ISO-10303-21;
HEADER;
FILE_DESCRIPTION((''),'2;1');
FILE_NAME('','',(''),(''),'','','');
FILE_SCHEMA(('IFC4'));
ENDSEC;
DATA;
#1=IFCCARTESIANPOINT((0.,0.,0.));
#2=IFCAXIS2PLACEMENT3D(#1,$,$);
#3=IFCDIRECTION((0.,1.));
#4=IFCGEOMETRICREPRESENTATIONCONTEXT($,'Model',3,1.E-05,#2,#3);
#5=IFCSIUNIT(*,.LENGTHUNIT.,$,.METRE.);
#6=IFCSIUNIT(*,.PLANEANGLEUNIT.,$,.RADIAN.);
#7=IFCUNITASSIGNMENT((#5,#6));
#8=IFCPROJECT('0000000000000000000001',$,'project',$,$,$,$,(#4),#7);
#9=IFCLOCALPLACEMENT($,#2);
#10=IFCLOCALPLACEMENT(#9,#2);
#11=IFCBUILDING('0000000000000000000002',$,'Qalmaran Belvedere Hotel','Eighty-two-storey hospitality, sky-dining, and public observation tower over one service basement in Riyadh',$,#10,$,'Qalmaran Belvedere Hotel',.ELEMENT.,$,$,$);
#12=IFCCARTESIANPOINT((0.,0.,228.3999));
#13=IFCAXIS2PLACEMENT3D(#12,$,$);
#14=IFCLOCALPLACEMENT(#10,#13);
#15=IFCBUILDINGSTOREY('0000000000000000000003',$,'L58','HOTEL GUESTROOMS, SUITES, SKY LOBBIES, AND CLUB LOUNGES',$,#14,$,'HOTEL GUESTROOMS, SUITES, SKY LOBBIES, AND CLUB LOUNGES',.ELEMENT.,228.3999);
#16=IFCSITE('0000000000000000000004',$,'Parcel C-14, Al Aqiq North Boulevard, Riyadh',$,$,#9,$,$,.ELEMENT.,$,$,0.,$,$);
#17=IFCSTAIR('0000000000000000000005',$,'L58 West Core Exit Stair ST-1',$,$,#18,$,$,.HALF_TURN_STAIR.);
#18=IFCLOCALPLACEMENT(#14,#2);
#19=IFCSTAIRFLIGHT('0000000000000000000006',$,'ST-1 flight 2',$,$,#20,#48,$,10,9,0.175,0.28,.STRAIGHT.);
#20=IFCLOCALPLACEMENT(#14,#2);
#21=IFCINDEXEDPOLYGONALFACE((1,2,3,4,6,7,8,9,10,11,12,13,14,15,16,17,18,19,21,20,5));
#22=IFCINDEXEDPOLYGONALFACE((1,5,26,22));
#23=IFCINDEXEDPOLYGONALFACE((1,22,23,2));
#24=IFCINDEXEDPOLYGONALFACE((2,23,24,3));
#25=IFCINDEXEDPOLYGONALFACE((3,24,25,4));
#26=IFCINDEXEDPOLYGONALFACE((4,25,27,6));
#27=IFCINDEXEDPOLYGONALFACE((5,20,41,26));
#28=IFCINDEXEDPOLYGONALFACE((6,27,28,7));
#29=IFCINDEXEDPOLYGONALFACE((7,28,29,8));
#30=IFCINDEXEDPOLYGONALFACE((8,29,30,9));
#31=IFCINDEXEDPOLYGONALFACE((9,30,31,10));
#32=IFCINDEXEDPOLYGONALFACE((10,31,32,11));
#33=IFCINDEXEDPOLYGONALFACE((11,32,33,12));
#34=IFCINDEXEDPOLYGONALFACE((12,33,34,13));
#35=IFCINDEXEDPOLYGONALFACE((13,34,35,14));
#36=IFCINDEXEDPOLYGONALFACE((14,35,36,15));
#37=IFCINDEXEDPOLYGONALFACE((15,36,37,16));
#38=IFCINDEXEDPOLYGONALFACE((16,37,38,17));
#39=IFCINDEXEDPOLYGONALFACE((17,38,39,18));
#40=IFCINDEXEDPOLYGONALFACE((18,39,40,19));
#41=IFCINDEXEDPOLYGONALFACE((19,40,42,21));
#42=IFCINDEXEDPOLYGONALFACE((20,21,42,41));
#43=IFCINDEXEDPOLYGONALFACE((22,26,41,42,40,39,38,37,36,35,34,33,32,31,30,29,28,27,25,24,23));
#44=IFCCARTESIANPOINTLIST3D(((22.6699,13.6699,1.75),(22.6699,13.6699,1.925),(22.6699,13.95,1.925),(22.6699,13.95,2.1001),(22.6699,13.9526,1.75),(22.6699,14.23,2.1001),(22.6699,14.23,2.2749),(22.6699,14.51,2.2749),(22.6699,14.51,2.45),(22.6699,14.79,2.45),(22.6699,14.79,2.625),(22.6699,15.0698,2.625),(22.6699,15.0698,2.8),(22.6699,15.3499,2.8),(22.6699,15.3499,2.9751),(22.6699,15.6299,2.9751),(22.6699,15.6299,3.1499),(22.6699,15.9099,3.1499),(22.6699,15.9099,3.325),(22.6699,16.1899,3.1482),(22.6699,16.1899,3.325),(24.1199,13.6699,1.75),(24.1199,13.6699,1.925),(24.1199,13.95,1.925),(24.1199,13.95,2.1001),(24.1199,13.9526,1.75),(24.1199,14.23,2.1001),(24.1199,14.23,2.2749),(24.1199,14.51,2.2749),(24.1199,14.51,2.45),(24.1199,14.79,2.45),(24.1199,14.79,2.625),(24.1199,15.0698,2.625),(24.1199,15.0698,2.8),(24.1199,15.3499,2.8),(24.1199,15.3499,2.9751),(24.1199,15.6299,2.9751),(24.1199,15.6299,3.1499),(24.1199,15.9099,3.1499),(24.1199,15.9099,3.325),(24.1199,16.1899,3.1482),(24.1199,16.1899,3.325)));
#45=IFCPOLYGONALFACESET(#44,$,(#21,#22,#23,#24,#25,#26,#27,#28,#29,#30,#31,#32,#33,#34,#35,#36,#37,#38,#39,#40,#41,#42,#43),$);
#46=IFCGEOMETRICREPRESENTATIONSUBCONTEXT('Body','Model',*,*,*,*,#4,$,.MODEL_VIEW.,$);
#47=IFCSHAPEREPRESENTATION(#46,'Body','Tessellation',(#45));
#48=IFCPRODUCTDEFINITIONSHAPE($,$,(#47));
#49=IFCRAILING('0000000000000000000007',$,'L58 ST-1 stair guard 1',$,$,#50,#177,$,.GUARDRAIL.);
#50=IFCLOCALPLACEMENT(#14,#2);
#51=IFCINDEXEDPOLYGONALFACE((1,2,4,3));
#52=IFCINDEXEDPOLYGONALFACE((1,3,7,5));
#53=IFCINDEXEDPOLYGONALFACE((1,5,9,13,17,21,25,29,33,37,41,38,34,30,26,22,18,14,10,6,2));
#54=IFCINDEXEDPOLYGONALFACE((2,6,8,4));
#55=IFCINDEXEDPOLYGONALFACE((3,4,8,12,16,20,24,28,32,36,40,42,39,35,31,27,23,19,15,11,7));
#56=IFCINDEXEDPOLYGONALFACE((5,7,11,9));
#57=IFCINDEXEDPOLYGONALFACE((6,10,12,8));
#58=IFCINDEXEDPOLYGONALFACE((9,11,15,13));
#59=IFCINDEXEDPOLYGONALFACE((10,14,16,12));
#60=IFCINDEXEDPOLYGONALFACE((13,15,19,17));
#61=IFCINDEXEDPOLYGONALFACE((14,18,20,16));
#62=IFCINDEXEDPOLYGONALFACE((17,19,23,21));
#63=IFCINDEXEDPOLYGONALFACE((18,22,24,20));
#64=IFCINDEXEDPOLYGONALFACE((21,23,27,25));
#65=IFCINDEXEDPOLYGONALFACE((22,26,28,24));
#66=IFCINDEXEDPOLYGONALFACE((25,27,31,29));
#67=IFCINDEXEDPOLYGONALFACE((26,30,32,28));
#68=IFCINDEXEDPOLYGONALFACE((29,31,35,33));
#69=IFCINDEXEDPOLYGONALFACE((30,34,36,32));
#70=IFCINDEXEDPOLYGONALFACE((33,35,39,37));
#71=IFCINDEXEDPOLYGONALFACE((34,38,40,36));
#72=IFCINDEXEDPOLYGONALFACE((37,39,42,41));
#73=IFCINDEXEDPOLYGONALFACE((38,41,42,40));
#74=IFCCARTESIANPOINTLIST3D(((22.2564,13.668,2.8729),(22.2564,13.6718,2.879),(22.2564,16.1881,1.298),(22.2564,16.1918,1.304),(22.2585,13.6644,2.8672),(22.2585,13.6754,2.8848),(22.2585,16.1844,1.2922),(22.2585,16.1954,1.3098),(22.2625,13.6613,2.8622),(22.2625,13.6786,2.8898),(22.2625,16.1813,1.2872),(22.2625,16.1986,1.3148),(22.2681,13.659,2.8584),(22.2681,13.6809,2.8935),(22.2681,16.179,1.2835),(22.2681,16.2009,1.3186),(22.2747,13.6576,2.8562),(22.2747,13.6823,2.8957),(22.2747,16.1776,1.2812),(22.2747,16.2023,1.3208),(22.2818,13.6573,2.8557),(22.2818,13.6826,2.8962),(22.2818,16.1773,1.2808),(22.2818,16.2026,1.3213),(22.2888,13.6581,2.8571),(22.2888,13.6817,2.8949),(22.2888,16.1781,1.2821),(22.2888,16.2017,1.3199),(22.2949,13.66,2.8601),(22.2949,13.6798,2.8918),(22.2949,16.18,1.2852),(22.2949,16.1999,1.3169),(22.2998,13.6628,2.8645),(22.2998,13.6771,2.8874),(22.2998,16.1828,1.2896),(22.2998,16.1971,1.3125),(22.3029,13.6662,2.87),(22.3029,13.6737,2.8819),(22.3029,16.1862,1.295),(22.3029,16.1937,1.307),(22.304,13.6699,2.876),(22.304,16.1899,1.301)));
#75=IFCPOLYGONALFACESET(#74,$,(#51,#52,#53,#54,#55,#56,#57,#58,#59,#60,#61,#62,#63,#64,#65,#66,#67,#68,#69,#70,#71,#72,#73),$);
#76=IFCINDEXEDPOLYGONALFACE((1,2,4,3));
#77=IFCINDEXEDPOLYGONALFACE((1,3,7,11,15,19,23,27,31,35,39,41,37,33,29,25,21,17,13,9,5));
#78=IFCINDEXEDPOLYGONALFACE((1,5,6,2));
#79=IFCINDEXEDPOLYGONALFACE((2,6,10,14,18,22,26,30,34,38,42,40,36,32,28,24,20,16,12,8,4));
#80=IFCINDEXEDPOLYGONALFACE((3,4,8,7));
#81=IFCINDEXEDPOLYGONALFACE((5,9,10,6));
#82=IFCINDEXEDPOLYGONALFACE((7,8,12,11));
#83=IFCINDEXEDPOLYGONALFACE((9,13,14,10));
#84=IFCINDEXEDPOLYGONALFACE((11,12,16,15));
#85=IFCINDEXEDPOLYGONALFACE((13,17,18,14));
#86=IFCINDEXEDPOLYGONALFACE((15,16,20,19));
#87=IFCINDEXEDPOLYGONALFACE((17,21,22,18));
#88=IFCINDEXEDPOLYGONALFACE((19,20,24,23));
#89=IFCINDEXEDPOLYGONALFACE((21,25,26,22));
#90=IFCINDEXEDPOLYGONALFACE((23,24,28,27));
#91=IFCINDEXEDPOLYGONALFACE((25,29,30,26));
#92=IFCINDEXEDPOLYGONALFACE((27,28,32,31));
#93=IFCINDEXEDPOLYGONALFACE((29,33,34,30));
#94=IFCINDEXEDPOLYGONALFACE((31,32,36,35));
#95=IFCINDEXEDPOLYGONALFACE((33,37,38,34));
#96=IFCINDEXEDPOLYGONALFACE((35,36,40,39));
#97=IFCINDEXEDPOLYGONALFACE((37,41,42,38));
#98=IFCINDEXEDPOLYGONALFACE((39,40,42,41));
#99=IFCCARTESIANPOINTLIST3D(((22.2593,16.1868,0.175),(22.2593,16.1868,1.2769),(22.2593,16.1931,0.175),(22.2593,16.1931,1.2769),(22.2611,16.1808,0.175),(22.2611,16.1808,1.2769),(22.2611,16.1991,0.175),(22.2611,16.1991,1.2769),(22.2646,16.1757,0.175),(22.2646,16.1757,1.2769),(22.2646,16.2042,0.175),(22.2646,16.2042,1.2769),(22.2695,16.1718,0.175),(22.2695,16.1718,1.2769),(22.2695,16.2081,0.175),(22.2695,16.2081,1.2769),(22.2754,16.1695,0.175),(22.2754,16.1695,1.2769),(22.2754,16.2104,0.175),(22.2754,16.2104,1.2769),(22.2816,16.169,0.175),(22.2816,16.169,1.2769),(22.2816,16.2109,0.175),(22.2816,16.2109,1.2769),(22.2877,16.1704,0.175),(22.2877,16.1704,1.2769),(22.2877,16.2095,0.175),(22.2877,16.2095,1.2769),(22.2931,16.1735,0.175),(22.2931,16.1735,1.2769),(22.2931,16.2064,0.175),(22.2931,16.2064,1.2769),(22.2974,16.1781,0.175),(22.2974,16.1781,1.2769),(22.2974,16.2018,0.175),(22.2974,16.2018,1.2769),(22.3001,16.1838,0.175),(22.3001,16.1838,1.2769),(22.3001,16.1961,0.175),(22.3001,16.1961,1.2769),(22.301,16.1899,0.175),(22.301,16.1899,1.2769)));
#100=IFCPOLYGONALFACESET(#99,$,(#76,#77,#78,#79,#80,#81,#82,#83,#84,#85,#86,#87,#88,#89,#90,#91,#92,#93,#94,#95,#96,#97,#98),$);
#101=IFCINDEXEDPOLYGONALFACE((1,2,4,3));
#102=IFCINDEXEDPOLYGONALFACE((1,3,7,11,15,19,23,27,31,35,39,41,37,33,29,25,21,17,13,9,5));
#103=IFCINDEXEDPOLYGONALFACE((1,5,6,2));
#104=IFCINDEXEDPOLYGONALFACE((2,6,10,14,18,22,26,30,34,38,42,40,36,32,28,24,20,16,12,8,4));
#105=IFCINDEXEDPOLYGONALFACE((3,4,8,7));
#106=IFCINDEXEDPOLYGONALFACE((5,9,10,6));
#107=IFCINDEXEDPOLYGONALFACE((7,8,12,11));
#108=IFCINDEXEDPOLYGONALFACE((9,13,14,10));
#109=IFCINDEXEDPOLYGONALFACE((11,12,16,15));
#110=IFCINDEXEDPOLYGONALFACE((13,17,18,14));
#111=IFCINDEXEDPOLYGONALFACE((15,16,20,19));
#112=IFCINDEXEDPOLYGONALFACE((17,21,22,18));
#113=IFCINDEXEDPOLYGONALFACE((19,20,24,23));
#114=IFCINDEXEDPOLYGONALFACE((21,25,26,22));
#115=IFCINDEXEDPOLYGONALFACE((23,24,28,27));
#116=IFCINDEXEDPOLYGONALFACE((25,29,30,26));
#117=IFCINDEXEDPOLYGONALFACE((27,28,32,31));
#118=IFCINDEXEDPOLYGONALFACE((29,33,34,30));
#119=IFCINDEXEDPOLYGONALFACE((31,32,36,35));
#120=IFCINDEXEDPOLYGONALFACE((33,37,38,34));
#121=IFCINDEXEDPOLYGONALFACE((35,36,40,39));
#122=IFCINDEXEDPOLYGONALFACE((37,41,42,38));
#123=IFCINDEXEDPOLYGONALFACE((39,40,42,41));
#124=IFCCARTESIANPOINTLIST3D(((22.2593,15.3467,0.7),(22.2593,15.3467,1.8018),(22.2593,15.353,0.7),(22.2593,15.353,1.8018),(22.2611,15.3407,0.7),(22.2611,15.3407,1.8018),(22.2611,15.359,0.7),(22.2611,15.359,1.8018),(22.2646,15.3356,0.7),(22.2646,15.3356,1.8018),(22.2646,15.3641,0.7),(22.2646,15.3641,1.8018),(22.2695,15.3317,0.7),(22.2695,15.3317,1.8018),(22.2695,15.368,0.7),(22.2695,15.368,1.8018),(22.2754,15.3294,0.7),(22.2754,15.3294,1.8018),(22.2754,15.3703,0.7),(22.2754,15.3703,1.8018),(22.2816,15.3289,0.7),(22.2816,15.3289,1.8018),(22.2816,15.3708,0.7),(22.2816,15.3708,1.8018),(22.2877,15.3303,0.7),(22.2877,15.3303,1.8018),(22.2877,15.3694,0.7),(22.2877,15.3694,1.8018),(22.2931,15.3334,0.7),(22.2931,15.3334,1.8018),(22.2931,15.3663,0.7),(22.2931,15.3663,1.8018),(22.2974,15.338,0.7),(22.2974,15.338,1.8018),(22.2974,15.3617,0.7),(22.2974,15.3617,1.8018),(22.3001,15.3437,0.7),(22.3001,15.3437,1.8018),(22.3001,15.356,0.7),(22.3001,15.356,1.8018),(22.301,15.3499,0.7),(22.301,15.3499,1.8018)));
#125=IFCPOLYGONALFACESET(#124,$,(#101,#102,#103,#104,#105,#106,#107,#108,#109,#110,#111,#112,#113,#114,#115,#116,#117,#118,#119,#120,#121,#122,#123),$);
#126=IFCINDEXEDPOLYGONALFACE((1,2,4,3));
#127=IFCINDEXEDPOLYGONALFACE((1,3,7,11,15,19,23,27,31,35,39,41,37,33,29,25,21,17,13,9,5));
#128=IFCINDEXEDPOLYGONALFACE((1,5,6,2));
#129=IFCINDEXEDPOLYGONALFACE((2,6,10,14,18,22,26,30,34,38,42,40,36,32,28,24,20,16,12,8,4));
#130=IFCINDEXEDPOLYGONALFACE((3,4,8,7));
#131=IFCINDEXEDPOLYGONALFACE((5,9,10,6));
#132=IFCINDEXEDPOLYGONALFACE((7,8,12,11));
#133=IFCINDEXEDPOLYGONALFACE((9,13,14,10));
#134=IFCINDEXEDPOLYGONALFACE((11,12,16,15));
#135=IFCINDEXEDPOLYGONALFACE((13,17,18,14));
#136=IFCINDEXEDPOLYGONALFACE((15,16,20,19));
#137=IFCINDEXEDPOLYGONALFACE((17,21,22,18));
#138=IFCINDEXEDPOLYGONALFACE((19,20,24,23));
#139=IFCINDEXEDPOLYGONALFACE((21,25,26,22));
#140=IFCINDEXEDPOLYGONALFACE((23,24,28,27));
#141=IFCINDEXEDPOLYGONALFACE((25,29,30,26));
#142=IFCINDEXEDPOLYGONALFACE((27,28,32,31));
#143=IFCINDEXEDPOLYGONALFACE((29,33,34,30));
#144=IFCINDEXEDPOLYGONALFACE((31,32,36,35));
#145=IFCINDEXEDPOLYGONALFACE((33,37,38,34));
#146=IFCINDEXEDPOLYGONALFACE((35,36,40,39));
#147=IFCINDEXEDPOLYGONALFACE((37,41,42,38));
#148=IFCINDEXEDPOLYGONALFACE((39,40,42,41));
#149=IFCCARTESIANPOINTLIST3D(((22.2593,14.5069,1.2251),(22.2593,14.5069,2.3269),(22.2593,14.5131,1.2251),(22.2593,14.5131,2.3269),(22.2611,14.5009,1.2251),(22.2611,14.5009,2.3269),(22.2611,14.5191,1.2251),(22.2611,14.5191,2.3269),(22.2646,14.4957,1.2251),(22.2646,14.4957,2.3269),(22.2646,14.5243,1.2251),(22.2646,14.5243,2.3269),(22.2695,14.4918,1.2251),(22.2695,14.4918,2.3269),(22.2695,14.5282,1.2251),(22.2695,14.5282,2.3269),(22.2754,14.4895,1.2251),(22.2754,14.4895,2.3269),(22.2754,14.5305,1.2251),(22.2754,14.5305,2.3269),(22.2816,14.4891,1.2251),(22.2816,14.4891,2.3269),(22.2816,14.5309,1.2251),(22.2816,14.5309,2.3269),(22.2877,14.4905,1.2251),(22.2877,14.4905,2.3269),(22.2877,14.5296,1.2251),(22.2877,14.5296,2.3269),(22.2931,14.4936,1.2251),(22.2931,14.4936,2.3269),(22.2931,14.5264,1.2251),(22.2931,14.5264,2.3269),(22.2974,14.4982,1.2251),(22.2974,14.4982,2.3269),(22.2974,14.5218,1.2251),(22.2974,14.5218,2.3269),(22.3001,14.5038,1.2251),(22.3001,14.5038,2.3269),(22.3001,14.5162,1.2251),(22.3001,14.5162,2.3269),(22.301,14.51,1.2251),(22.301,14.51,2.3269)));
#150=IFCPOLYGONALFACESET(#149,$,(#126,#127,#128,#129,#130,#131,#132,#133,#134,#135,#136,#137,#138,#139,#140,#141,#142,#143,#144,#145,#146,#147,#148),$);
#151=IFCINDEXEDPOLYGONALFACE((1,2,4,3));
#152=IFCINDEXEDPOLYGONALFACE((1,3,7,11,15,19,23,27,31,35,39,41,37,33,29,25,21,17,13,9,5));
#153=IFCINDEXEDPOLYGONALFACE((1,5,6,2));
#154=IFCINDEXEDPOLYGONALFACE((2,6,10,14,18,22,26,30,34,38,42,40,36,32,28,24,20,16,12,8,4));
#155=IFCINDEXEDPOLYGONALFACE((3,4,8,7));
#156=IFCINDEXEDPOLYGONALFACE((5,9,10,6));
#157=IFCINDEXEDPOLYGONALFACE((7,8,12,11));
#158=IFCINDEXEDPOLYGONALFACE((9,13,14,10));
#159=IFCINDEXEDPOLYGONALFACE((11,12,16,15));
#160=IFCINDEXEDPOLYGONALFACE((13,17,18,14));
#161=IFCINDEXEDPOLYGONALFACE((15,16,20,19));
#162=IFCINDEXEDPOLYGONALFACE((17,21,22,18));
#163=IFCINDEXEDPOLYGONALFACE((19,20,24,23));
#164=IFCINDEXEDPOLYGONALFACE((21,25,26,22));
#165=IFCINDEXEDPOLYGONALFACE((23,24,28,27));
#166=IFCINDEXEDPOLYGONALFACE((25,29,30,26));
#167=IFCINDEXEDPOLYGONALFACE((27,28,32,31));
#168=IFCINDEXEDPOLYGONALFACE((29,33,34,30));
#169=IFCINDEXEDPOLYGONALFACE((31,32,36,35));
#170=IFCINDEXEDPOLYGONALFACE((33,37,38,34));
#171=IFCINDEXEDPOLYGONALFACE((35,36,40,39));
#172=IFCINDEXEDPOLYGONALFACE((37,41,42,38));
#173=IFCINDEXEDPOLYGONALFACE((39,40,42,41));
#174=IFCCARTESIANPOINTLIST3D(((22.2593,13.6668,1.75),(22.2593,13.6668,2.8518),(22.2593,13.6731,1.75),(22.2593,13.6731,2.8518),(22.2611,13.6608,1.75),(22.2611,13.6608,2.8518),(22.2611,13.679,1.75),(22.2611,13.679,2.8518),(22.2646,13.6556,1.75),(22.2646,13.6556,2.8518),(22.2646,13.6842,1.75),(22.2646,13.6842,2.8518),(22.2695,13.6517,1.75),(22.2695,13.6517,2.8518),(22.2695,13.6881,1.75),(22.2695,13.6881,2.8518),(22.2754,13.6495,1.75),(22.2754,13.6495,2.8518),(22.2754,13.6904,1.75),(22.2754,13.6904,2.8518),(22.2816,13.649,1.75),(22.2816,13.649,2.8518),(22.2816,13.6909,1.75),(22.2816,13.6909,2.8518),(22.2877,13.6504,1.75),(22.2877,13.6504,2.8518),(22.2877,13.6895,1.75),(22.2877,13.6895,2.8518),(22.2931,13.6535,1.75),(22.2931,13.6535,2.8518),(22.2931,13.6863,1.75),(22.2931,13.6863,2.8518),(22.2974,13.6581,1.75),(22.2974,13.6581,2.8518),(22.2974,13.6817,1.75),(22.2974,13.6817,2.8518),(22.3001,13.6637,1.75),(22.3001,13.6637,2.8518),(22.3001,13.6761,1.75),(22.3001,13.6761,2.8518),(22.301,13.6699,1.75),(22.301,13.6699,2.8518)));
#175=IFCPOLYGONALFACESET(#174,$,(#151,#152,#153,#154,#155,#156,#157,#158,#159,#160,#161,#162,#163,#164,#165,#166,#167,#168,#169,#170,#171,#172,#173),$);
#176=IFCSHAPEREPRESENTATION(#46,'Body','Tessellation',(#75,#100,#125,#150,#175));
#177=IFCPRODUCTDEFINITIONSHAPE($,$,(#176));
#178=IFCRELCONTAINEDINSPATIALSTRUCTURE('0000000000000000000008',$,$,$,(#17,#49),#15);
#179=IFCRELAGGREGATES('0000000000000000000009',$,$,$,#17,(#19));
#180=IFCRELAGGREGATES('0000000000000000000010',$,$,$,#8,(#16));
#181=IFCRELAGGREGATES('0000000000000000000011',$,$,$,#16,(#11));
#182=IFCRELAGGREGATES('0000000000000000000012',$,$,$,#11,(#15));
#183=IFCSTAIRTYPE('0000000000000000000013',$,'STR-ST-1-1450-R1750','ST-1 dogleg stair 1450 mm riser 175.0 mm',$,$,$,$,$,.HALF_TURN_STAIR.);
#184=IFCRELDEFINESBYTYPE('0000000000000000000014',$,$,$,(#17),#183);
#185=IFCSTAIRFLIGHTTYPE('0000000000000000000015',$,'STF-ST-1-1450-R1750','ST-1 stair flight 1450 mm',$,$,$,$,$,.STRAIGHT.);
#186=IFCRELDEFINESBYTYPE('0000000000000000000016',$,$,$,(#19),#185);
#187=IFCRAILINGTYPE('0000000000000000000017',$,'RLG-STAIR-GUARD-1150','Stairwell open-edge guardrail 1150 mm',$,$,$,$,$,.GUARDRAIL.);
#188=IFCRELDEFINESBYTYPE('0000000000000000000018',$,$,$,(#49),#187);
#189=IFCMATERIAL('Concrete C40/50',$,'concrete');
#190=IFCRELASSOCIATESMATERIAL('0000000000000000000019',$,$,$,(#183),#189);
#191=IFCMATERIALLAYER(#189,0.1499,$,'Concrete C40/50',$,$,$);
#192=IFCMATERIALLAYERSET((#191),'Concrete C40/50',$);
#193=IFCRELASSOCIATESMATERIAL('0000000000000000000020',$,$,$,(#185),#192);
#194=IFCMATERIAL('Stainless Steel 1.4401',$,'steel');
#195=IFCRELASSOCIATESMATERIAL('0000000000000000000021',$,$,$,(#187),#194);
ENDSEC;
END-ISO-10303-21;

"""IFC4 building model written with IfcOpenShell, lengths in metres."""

from ifc_helpers import new_model, si_unit, direction, frame, origin, origin_2d, place, context, subcontext, project, spatial, polyline, circle, outline, extrude, material, layer, layer_set, type_object, element, aggregate, save


model = new_model("IFC4")

# Units and contexts
model_context = context("Model", 3, precision=1e-05, world=origin(), true_north=direction((0.0, 1.0)))
body_context = subcontext(model_context, "Body", "Model", "MODEL_VIEW")
ifc_project = project(units=[si_unit("LENGTHUNIT", "METRE"), si_unit("PLANEANGLEUNIT", "RADIAN")], contexts=[model_context])

# Site, building, storey
site_placement = place(None, origin())
site = spatial("IfcSite", under=ifc_project, at=site_placement, Name="Parcel C-14, Al Aqiq North Boulevard, Riyadh", CompositionType="ELEMENT", RefElevation=0.0)
building_placement = place(site_placement, origin())
building = spatial("IfcBuilding", under=site, at=building_placement, Name="Qalmaran Belvedere Hotel", Description="Eighty-two-storey hospitality, sky-dining, and public observation tower over one service basement in Riyadh", LongName="Qalmaran Belvedere Hotel", CompositionType="ELEMENT")
storey_placement = place(building_placement, frame((0.0, 0.0, 228.3999)))
storey = spatial("IfcBuildingStorey", under=building, at=storey_placement, Name="L58", Description="HOTEL GUESTROOMS, SUITES, SKY LOBBIES, AND CLUB LOUNGES", LongName="HOTEL GUESTROOMS, SUITES, SKY LOBBIES, AND CLUB LOUNGES", CompositionType="ELEMENT", Elevation=228.3999)

# Shared definitions
ifc_material_1 = material(Name="Stainless Steel 1.4401", Category="steel")

# Stair, stair flight
ifc_material_2 = material(Name="Concrete C40/50", Category="concrete")
stair_type = type_object("IfcStairType", Name="STR-ST-1-1450-R1750", Description="ST-1 dogleg stair 1450 mm riser 175.0 mm", PredefinedType="HALF_TURN_STAIR", material=ifc_material_2)
stair_placement = place(storey_placement, origin())
stair = element("IfcStair", 1, at=stair_placement, inside=storey, type_object=stair_type, Name="L58 West Core Exit Stair ST-1", PredefinedType="HALF_TURN_STAIR")
ifc_layer_1 = layer(ifc_material_2, 0.1499, Name="Concrete C40/50")
ifc_layer_set_1 = layer_set([ifc_layer_1], Name="Concrete C40/50")
stair_flight_type = type_object("IfcStairFlightType", Name="STF-ST-1-1450-R1750", Description="ST-1 stair flight 1450 mm", PredefinedType="STRAIGHT", material=ifc_layer_set_1)
stair_flight_1_placement = place(storey_placement, frame((23.395, 13.6699, 1.75), z_axis=(0.0, 0.0, 1.0), x_axis=(0.0, 1.0, 0.0)))
stair_flight_1 = element("IfcStairFlight", 2, at=stair_flight_1_placement, type_object=stair_flight_type, Name="ST-1 flight 2", NumberOfRisers=10, NumberOfTreads=9, PredefinedType="STRAIGHT", RiserHeight=0.175, TreadLength=0.28, context=body_context, shape_type="SweptSolid", body=[
    extrude(outline(polyline([(0.0, 0.0), (0.0, 0.175), (0.28, 0.175), (0.28, 0.3501), (0.5601, 0.3501), (0.5601, 0.5249), (0.8401, 0.5249), (0.8401, 0.7), (1.1201, 0.7), (1.1201, 0.875), (1.3999, 0.875), (1.3999, 1.05), (1.6799, 1.05), (1.6799, 1.2251), (1.96, 1.2251), (1.96, 1.3999), (2.24, 1.3999), (2.24, 1.575), (2.52, 1.575), (2.52, 1.75), (2.52, 1.3982), (0.2827, 0.0), (0.0, 0.0)])), frame((0.0, 0.7251, 0.0), z_axis=(0.0, -1.0, 0.0), x_axis=(1.0, 0.0, 0.0)), (0.0, 0.0, 1.0), 1.45),
])
aggregate(stair, [stair_flight_1])

# Railing
railing_type_1 = type_object("IfcRailingType", Name="RLG-STAIR-GUARD-1150", Description="Stairwell open-edge guardrail 1150 mm", PredefinedType="GUARDRAIL", material=ifc_material_1)
railing_1_placement = place(storey_placement, frame((22.28, 16.1899, 0.175)))
element("IfcRailing", 3, at=railing_1_placement, inside=storey, type_object=railing_type_1, Name="L58 ST-1 stair guard 1", PredefinedType="GUARDRAIL", context=body_context, shape_type="SweptSolid", body=[
    extrude(circle(Radius=0.0239, at=origin_2d()), frame((0.0, 0.0, 1.126), z_axis=(0.0, -0.848008, 0.529984), x_axis=(1.0, 0.0, 0.0)), (0.0, 0.0, 1.0), 2.9717),
    extrude(circle(Radius=0.021, at=origin_2d()), origin(), (0.0, 0.0, 1.0), 1.1018),
    extrude(circle(Radius=0.021, at=origin_2d()), frame((0.0, -0.8401, 0.5249)), (0.0, 0.0, 1.0), 1.1018),
    extrude(circle(Radius=0.021, at=origin_2d()), frame((0.0, -1.6799, 1.05)), (0.0, 0.0, 1.0), 1.1018),
    extrude(circle(Radius=0.021, at=origin_2d()), frame((0.0, -2.52, 1.575)), (0.0, 0.0, 1.0), 1.1018),
])

save(model, "model.ifc")
